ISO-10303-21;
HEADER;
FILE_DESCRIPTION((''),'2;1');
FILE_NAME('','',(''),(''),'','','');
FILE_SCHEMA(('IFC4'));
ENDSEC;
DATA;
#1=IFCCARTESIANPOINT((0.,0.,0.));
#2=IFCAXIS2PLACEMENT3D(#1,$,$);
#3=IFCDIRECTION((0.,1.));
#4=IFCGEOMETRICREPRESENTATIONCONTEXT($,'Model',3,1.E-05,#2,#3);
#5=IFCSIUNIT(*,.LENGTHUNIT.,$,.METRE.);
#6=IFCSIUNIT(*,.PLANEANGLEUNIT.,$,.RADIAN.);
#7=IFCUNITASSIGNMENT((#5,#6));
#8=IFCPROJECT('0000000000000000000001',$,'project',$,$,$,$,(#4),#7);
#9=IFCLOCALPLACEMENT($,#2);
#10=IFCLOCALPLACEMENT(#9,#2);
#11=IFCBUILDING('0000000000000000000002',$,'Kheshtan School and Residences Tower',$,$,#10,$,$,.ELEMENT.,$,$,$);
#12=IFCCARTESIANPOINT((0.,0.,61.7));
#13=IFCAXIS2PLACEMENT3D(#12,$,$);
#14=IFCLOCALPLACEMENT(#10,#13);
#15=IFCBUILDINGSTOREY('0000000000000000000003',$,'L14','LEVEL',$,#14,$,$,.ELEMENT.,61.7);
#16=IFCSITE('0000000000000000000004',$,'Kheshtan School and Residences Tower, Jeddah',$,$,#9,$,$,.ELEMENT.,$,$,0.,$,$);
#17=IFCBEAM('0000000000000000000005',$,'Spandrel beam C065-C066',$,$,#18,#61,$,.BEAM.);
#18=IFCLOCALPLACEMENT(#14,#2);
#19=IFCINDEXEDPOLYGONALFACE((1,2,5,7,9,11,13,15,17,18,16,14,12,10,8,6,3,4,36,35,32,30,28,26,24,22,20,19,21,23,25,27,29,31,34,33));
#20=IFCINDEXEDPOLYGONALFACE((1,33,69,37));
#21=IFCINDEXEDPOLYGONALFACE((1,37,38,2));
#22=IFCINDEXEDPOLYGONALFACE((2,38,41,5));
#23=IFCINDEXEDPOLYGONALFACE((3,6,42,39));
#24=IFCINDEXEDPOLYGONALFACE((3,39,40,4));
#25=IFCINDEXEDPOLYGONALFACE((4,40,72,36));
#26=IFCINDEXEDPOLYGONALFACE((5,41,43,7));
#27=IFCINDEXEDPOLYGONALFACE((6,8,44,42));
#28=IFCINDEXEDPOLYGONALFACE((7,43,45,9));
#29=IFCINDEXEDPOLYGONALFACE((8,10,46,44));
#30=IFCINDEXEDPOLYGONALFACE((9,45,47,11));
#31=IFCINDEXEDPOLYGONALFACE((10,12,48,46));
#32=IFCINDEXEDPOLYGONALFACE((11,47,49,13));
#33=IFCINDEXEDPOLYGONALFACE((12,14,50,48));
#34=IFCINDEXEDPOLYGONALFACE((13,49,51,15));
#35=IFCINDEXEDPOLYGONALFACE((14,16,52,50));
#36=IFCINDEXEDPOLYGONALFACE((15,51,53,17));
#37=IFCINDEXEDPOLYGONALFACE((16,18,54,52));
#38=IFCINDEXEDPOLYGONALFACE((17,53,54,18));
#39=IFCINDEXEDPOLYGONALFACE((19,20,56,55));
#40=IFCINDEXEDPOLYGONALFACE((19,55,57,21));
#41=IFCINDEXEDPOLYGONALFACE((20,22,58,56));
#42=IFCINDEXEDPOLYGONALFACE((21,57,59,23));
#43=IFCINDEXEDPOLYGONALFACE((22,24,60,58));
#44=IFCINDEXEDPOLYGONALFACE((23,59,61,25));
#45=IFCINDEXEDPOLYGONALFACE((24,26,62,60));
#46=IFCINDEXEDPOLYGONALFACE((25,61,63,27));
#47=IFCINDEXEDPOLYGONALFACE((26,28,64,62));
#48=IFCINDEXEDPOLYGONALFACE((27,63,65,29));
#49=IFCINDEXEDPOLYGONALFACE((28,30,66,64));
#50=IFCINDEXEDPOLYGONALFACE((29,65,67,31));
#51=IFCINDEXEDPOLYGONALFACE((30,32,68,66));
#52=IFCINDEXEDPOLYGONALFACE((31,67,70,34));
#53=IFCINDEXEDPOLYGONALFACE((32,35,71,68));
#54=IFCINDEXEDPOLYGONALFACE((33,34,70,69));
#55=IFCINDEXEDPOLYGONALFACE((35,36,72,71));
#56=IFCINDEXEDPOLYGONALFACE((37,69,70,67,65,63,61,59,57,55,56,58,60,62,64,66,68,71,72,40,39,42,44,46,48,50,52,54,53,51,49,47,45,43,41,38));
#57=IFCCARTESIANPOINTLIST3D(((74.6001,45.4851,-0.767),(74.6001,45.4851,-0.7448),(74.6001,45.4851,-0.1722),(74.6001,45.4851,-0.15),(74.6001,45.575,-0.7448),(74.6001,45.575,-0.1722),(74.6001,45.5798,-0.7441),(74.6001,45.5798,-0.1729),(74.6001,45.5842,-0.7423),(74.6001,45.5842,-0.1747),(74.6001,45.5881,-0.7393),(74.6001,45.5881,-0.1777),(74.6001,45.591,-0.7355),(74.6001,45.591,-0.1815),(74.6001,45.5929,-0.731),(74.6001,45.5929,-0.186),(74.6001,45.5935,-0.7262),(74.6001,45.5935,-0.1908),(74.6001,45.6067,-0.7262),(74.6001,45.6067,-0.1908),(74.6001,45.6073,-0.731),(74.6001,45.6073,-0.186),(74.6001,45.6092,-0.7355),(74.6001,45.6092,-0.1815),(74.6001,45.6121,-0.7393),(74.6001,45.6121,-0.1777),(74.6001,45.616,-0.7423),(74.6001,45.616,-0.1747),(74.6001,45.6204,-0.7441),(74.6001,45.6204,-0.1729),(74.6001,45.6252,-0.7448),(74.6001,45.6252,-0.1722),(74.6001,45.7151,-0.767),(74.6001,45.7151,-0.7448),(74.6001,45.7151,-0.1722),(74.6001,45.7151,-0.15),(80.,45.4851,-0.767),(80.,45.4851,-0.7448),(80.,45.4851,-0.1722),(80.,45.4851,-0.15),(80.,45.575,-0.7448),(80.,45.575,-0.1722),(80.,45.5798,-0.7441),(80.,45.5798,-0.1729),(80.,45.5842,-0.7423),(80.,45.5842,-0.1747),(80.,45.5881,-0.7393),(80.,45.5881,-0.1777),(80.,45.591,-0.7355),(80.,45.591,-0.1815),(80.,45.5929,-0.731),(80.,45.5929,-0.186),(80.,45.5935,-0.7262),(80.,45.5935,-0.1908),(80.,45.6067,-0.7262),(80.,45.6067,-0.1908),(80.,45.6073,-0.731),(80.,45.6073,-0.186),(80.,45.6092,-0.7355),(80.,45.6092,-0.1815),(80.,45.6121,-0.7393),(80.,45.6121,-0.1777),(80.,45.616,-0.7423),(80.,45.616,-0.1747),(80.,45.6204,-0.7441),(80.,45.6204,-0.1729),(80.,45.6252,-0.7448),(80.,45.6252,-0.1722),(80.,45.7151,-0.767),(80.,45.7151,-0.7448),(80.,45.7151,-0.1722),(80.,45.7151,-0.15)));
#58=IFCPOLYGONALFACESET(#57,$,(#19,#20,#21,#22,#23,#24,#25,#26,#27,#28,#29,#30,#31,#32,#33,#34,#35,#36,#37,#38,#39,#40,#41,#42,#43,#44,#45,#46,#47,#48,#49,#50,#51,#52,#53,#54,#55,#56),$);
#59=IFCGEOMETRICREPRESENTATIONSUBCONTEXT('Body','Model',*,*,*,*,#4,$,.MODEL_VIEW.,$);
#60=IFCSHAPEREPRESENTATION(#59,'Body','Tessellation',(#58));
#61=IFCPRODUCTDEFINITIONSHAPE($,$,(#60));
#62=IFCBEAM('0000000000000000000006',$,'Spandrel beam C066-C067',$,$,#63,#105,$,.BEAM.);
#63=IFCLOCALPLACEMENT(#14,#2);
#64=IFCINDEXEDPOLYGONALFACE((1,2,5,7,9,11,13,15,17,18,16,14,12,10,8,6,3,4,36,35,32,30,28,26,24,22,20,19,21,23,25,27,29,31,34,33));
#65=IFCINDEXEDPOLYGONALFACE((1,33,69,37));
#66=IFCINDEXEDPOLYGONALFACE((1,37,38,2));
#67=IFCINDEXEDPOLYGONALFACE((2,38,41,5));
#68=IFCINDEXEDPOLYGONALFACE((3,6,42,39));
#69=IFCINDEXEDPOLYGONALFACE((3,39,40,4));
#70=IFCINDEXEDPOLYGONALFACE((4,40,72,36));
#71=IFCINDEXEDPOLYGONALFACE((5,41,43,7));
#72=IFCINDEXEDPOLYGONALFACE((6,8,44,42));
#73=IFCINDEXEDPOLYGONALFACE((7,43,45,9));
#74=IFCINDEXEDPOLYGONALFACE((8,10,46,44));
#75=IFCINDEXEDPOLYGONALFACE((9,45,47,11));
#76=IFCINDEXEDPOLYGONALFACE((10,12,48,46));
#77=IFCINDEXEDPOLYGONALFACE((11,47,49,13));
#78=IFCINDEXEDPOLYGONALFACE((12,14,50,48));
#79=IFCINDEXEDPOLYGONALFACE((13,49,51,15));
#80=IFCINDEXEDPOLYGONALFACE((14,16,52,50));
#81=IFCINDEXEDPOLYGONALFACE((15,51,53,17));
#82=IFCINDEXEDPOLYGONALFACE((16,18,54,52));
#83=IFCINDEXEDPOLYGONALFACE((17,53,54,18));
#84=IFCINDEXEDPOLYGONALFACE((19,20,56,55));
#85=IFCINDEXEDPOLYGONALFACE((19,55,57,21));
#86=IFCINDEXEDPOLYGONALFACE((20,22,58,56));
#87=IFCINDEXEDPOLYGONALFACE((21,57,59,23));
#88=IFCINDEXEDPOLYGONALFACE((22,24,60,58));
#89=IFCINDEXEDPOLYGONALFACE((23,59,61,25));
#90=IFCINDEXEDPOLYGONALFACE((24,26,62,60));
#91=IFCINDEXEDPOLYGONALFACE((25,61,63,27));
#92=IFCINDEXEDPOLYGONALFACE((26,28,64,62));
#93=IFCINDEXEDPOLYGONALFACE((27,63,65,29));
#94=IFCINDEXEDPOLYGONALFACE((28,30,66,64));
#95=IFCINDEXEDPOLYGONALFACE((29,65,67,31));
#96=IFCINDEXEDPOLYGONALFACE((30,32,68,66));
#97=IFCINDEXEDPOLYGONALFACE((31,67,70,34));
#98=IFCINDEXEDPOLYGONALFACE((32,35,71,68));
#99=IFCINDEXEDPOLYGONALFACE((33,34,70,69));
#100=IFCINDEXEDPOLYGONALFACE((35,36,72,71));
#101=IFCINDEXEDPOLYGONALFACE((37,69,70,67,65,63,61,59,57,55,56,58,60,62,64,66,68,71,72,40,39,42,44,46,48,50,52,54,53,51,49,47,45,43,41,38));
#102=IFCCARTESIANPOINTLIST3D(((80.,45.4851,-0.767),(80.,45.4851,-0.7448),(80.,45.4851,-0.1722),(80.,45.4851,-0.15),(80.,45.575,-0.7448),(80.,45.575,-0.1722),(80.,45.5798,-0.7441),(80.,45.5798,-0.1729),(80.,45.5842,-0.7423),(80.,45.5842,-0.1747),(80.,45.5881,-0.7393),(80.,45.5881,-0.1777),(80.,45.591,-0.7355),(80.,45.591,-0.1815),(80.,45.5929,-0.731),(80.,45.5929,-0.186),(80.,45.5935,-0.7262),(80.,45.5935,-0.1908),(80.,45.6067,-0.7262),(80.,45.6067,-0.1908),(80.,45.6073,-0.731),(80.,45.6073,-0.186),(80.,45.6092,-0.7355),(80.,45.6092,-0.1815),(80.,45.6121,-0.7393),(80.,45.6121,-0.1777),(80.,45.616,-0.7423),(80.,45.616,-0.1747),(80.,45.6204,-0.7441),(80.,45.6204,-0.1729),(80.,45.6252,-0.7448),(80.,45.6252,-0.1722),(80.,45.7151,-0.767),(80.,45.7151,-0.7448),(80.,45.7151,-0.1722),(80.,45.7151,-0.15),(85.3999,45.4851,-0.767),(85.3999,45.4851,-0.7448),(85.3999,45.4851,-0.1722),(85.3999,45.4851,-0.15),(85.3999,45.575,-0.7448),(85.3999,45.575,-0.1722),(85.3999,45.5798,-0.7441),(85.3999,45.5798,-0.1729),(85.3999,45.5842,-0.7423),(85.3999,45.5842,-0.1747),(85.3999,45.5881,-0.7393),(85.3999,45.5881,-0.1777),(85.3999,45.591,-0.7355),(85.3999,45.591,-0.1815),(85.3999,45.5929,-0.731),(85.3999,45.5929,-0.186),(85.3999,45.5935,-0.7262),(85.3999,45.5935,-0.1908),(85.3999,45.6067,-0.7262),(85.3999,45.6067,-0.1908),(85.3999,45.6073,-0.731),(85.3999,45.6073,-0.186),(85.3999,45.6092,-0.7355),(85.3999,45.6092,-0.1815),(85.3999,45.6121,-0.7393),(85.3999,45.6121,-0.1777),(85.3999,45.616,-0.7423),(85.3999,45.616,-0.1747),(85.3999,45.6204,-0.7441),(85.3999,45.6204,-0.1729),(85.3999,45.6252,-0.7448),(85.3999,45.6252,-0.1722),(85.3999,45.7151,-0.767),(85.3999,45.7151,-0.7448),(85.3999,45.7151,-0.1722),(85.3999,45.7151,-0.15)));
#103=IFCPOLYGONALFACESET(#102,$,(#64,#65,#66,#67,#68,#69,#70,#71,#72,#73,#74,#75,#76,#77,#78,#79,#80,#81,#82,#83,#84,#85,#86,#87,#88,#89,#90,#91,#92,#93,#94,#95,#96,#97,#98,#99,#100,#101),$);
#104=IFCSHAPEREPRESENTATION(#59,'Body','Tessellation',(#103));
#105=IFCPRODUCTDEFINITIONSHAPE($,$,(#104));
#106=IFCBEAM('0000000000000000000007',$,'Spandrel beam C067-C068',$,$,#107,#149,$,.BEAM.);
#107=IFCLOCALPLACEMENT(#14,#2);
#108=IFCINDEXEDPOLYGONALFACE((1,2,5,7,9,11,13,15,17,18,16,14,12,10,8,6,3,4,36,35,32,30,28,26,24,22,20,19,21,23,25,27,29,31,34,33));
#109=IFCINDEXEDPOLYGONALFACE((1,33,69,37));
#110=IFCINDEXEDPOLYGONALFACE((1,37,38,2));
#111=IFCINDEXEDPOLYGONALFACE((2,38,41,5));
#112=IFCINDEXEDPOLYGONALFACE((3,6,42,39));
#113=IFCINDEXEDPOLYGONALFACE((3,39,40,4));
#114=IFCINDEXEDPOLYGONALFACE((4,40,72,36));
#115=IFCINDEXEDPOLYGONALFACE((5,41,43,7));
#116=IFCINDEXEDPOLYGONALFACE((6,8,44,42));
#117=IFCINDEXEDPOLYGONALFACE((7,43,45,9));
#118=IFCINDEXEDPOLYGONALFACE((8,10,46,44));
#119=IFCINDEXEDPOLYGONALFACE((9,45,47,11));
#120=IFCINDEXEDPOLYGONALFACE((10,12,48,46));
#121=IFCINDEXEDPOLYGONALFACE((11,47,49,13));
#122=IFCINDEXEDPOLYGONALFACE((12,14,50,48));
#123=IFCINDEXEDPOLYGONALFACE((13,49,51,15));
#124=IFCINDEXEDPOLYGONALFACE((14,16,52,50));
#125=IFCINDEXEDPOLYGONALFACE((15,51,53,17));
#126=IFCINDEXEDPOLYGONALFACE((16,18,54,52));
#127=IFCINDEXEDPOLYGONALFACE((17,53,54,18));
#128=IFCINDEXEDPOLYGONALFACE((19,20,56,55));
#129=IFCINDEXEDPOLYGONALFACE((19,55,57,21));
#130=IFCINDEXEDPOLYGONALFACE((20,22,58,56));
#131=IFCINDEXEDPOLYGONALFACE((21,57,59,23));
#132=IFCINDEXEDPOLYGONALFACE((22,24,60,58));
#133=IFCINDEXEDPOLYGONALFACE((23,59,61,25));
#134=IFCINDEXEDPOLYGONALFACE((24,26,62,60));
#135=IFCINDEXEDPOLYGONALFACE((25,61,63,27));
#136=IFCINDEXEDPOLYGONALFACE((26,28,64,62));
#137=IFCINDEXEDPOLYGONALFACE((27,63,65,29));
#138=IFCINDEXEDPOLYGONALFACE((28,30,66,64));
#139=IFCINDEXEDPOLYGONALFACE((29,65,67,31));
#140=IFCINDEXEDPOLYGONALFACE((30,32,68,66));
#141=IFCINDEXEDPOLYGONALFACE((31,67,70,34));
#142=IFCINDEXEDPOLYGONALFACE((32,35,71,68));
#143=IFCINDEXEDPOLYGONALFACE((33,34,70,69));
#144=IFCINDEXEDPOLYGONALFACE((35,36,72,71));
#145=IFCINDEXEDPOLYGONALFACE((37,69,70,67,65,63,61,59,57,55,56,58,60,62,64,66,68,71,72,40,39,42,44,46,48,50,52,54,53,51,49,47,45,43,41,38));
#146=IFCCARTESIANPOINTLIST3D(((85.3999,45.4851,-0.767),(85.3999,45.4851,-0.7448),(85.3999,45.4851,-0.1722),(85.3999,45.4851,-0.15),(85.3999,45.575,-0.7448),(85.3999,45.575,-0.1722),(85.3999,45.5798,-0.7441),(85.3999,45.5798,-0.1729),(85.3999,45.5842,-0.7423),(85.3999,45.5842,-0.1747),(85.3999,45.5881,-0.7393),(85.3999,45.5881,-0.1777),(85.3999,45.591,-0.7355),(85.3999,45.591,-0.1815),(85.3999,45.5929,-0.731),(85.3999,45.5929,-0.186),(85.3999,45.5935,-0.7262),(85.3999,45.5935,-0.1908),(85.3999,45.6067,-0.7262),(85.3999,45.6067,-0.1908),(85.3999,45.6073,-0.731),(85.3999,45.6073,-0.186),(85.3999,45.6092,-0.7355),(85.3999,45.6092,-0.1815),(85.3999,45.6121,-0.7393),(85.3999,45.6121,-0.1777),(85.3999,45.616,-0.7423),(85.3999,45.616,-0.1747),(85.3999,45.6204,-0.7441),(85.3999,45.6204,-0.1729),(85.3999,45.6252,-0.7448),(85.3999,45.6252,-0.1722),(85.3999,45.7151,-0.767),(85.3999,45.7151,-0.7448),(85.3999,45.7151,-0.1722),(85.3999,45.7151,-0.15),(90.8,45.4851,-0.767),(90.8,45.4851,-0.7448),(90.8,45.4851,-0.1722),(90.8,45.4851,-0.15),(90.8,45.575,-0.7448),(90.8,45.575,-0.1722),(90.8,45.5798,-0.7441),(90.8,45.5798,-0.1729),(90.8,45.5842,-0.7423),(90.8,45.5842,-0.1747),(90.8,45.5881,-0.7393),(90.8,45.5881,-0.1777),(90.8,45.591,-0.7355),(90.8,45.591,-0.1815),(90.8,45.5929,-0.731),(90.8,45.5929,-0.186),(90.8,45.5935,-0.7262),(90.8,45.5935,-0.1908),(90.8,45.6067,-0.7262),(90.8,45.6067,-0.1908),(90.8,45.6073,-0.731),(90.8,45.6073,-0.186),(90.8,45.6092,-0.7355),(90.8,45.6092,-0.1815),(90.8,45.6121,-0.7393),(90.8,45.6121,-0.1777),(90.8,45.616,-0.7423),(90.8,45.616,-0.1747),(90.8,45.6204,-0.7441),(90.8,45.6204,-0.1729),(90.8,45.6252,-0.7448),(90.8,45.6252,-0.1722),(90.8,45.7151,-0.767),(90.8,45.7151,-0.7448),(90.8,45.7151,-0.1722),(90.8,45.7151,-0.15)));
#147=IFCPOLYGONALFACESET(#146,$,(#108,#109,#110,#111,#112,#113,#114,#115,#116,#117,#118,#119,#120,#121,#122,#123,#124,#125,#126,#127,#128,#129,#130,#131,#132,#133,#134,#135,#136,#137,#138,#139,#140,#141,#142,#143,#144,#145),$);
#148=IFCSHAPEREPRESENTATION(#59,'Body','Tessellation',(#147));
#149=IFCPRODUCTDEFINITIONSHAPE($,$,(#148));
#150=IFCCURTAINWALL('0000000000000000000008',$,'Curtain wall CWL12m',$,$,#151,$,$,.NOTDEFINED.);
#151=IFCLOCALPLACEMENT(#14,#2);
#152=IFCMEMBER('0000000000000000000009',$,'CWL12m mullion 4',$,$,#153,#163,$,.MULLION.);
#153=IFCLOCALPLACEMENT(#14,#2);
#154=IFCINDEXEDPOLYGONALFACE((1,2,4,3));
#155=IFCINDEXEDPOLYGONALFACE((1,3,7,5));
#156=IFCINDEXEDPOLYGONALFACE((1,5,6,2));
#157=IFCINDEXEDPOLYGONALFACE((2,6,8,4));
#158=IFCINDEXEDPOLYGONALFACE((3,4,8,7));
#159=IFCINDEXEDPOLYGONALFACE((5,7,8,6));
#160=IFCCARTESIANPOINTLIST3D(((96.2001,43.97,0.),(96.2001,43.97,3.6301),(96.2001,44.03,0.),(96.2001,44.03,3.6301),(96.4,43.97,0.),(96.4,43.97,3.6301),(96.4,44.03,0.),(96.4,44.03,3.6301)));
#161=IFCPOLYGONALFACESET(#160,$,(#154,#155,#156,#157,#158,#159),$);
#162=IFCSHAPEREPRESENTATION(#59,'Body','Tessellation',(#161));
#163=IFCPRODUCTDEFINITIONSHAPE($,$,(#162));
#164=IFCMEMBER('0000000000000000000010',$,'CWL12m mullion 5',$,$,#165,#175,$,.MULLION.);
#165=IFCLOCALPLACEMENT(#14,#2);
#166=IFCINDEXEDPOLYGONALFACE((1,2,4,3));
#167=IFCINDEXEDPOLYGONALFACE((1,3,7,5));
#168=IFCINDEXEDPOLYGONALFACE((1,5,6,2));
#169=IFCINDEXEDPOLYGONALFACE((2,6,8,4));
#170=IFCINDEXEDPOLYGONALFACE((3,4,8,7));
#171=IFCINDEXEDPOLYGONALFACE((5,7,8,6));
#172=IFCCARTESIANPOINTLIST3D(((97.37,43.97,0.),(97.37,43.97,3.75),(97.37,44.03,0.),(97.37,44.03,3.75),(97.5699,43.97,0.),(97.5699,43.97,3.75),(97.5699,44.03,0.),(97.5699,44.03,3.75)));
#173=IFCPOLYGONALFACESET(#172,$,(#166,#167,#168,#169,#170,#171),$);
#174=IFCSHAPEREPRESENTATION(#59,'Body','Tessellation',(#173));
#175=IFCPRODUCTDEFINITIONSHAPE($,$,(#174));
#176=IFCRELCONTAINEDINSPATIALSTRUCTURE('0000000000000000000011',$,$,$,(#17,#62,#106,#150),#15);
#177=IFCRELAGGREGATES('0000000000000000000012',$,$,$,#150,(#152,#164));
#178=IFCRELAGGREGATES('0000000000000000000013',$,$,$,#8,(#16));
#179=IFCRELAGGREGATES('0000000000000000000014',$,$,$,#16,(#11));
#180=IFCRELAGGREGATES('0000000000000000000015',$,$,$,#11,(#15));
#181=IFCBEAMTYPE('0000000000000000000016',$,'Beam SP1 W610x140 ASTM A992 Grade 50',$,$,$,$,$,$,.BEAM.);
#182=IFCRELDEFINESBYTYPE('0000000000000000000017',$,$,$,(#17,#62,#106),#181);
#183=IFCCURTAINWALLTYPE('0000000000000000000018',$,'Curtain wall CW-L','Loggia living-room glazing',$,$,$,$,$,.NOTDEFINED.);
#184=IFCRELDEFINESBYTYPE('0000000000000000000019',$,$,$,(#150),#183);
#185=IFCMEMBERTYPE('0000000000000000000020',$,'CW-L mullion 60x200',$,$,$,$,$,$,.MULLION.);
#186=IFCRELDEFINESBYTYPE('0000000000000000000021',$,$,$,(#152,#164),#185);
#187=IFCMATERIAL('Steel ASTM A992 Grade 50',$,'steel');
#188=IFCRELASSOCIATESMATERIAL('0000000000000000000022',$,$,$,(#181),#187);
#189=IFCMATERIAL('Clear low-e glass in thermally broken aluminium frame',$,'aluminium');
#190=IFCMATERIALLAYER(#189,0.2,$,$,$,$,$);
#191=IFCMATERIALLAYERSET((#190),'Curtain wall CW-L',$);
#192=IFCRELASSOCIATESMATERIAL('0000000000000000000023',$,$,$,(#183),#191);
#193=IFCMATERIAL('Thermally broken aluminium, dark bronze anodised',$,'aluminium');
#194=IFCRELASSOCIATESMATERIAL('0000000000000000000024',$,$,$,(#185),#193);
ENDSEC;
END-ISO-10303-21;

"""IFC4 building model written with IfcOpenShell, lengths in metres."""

from ifc_helpers import new_model, si_unit, direction, frame, origin, origin_2d, place, context, subcontext, project, spatial, rectangle, i_section, extrude, material, layer, layer_set, material_profile, profile_set, type_object, element, aggregate, save


model = new_model("IFC4")

# Units and contexts
model_context = context("Model", 3, precision=1e-05, world=origin(), true_north=direction((0.0, 1.0)))
body_context = subcontext(model_context, "Body", "Model", "MODEL_VIEW")
ifc_project = project(units=[si_unit("LENGTHUNIT", "METRE"), si_unit("PLANEANGLEUNIT", "RADIAN")], contexts=[model_context])

# Site, building, storey
site_placement = place(None, origin())
site = spatial("IfcSite", under=ifc_project, at=site_placement, Name="Kheshtan School and Residences Tower, Jeddah", CompositionType="ELEMENT", RefElevation=0.0)
building_placement = place(site_placement, origin())
building = spatial("IfcBuilding", under=site, at=building_placement, Name="Kheshtan School and Residences Tower", CompositionType="ELEMENT")
storey_placement = place(building_placement, frame((0.0, 0.0, 61.7)))
storey = spatial("IfcBuildingStorey", under=building, at=storey_placement, Name="L14", Description="LEVEL", CompositionType="ELEMENT", Elevation=61.7)

# Shared definitions
ifc_material_1 = material(Name="Steel ASTM A992 Grade 50", Category="steel")

# Beams
ifc_material_profile_1 = material_profile(ifc_material_1, i_section(OverallWidth=0.23, OverallDepth=0.6169, WebThickness=0.0132, FlangeThickness=0.0222, FilletRadius=0.0186, at=origin_2d()), Name="W610x140")
ifc_profile_set_1 = profile_set([ifc_material_profile_1], Name="Steel ASTM A992 Grade 50")
beam_type_1 = type_object("IfcBeamType", Name="Beam SP1 W610x140 ASTM A992 Grade 50", PredefinedType="BEAM", material=ifc_profile_set_1)
for number, where, z_axis, x_axis, name in (
    (1, (74.6001, 45.6001, -0.4585), (1.0, 0.0, 0.0), (0.0, 1.0, 0.0), "Spandrel beam C065-C066"),
    (2, (80.0, 45.6001, -0.4585), (1.0, 0.0, 0.0), (0.0, 1.0, 0.0), "Spandrel beam C066-C067"),
):
    element("IfcBeam", number, at=place(storey_placement, frame(where, z_axis=z_axis, x_axis=x_axis)), inside=storey, type_object=beam_type_1, Name=name, PredefinedType="BEAM", context=body_context, shape_type="SweptSolid", body=[
        extrude(i_section(OverallWidth=0.23, OverallDepth=0.6169, WebThickness=0.0132, FlangeThickness=0.0222, FilletRadius=0.0186, at=origin_2d()), origin(), (0.0, 0.0, 1.0), 5.3999),
    ])
beam_1_placement = place(storey_placement, frame((85.3999, 45.6001, -0.4585), z_axis=(1.0, 0.0, 0.0), x_axis=(0.0, 1.0, 0.0)))
element("IfcBeam", 3, at=beam_1_placement, inside=storey, type_object=beam_type_1, Name="Spandrel beam C067-C068", PredefinedType="BEAM", context=body_context, shape_type="SweptSolid", body=[
    extrude(i_section(OverallWidth=0.23, OverallDepth=0.6169, WebThickness=0.0132, FlangeThickness=0.0222, FilletRadius=0.0186, at=origin_2d()), origin(), (0.0, 0.0, 1.0), 5.4001),
])

# Curtain wall, members
ifc_material_2 = material(Name="Clear low-e glass in thermally broken aluminium frame", Category="aluminium")
ifc_layer_1 = layer(ifc_material_2, 0.2)
ifc_layer_set_1 = layer_set([ifc_layer_1], Name="Curtain wall CW-L")
curtain_wall_type = type_object("IfcCurtainWallType", Name="Curtain wall CW-L", Description="Loggia living-room glazing", PredefinedType="NOTDEFINED", material=ifc_layer_set_1)
curtain_wall_placement = place(storey_placement, origin())
curtain_wall = element("IfcCurtainWall", 4, at=curtain_wall_placement, inside=storey, type_object=curtain_wall_type, Name="Curtain wall CWL12m", PredefinedType="NOTDEFINED")
ifc_material_3 = material(Name="Thermally broken aluminium, dark bronze anodised", Category="aluminium")
ifc_material_profile_2 = material_profile(ifc_material_3, rectangle(XDim=0.0601, YDim=0.2, at=origin_2d()), Name="CW-L mullion 60x200")
ifc_profile_set_2 = profile_set([ifc_material_profile_2], Name="Thermally broken aluminium, dark bronze anodised")
member_type = type_object("IfcMemberType", Name="CW-L mullion 60x200", PredefinedType="MULLION", material=ifc_profile_set_2)
member_1_placement = place(storey_placement, frame((96.3, 44.0, 0.0), z_axis=(0.0, 0.0, 1.0), x_axis=(0.0, 1.0, 0.0)))
member_1 = element("IfcMember", 5, at=member_1_placement, type_object=member_type, Name="CWL12m mullion 4", PredefinedType="MULLION", context=body_context, shape_type="SweptSolid", body=[
    extrude(rectangle(XDim=0.0601, YDim=0.2, at=origin_2d()), origin(), (0.0, 0.0, 1.0), 3.6301),
])
member_2_placement = place(storey_placement, frame((97.47, 44.0, 0.0), z_axis=(0.0, 0.0, 1.0), x_axis=(0.0, 1.0, 0.0)))
member_2 = element("IfcMember", 6, at=member_2_placement, type_object=member_type, Name="CWL12m mullion 5", PredefinedType="MULLION", context=body_context, shape_type="SweptSolid", body=[
    extrude(rectangle(XDim=0.0601, YDim=0.2, at=origin_2d()), origin(), (0.0, 0.0, 1.0), 3.75),
])

aggregate(curtain_wall, [member_1, member_2])

save(model, "model.ifc")
